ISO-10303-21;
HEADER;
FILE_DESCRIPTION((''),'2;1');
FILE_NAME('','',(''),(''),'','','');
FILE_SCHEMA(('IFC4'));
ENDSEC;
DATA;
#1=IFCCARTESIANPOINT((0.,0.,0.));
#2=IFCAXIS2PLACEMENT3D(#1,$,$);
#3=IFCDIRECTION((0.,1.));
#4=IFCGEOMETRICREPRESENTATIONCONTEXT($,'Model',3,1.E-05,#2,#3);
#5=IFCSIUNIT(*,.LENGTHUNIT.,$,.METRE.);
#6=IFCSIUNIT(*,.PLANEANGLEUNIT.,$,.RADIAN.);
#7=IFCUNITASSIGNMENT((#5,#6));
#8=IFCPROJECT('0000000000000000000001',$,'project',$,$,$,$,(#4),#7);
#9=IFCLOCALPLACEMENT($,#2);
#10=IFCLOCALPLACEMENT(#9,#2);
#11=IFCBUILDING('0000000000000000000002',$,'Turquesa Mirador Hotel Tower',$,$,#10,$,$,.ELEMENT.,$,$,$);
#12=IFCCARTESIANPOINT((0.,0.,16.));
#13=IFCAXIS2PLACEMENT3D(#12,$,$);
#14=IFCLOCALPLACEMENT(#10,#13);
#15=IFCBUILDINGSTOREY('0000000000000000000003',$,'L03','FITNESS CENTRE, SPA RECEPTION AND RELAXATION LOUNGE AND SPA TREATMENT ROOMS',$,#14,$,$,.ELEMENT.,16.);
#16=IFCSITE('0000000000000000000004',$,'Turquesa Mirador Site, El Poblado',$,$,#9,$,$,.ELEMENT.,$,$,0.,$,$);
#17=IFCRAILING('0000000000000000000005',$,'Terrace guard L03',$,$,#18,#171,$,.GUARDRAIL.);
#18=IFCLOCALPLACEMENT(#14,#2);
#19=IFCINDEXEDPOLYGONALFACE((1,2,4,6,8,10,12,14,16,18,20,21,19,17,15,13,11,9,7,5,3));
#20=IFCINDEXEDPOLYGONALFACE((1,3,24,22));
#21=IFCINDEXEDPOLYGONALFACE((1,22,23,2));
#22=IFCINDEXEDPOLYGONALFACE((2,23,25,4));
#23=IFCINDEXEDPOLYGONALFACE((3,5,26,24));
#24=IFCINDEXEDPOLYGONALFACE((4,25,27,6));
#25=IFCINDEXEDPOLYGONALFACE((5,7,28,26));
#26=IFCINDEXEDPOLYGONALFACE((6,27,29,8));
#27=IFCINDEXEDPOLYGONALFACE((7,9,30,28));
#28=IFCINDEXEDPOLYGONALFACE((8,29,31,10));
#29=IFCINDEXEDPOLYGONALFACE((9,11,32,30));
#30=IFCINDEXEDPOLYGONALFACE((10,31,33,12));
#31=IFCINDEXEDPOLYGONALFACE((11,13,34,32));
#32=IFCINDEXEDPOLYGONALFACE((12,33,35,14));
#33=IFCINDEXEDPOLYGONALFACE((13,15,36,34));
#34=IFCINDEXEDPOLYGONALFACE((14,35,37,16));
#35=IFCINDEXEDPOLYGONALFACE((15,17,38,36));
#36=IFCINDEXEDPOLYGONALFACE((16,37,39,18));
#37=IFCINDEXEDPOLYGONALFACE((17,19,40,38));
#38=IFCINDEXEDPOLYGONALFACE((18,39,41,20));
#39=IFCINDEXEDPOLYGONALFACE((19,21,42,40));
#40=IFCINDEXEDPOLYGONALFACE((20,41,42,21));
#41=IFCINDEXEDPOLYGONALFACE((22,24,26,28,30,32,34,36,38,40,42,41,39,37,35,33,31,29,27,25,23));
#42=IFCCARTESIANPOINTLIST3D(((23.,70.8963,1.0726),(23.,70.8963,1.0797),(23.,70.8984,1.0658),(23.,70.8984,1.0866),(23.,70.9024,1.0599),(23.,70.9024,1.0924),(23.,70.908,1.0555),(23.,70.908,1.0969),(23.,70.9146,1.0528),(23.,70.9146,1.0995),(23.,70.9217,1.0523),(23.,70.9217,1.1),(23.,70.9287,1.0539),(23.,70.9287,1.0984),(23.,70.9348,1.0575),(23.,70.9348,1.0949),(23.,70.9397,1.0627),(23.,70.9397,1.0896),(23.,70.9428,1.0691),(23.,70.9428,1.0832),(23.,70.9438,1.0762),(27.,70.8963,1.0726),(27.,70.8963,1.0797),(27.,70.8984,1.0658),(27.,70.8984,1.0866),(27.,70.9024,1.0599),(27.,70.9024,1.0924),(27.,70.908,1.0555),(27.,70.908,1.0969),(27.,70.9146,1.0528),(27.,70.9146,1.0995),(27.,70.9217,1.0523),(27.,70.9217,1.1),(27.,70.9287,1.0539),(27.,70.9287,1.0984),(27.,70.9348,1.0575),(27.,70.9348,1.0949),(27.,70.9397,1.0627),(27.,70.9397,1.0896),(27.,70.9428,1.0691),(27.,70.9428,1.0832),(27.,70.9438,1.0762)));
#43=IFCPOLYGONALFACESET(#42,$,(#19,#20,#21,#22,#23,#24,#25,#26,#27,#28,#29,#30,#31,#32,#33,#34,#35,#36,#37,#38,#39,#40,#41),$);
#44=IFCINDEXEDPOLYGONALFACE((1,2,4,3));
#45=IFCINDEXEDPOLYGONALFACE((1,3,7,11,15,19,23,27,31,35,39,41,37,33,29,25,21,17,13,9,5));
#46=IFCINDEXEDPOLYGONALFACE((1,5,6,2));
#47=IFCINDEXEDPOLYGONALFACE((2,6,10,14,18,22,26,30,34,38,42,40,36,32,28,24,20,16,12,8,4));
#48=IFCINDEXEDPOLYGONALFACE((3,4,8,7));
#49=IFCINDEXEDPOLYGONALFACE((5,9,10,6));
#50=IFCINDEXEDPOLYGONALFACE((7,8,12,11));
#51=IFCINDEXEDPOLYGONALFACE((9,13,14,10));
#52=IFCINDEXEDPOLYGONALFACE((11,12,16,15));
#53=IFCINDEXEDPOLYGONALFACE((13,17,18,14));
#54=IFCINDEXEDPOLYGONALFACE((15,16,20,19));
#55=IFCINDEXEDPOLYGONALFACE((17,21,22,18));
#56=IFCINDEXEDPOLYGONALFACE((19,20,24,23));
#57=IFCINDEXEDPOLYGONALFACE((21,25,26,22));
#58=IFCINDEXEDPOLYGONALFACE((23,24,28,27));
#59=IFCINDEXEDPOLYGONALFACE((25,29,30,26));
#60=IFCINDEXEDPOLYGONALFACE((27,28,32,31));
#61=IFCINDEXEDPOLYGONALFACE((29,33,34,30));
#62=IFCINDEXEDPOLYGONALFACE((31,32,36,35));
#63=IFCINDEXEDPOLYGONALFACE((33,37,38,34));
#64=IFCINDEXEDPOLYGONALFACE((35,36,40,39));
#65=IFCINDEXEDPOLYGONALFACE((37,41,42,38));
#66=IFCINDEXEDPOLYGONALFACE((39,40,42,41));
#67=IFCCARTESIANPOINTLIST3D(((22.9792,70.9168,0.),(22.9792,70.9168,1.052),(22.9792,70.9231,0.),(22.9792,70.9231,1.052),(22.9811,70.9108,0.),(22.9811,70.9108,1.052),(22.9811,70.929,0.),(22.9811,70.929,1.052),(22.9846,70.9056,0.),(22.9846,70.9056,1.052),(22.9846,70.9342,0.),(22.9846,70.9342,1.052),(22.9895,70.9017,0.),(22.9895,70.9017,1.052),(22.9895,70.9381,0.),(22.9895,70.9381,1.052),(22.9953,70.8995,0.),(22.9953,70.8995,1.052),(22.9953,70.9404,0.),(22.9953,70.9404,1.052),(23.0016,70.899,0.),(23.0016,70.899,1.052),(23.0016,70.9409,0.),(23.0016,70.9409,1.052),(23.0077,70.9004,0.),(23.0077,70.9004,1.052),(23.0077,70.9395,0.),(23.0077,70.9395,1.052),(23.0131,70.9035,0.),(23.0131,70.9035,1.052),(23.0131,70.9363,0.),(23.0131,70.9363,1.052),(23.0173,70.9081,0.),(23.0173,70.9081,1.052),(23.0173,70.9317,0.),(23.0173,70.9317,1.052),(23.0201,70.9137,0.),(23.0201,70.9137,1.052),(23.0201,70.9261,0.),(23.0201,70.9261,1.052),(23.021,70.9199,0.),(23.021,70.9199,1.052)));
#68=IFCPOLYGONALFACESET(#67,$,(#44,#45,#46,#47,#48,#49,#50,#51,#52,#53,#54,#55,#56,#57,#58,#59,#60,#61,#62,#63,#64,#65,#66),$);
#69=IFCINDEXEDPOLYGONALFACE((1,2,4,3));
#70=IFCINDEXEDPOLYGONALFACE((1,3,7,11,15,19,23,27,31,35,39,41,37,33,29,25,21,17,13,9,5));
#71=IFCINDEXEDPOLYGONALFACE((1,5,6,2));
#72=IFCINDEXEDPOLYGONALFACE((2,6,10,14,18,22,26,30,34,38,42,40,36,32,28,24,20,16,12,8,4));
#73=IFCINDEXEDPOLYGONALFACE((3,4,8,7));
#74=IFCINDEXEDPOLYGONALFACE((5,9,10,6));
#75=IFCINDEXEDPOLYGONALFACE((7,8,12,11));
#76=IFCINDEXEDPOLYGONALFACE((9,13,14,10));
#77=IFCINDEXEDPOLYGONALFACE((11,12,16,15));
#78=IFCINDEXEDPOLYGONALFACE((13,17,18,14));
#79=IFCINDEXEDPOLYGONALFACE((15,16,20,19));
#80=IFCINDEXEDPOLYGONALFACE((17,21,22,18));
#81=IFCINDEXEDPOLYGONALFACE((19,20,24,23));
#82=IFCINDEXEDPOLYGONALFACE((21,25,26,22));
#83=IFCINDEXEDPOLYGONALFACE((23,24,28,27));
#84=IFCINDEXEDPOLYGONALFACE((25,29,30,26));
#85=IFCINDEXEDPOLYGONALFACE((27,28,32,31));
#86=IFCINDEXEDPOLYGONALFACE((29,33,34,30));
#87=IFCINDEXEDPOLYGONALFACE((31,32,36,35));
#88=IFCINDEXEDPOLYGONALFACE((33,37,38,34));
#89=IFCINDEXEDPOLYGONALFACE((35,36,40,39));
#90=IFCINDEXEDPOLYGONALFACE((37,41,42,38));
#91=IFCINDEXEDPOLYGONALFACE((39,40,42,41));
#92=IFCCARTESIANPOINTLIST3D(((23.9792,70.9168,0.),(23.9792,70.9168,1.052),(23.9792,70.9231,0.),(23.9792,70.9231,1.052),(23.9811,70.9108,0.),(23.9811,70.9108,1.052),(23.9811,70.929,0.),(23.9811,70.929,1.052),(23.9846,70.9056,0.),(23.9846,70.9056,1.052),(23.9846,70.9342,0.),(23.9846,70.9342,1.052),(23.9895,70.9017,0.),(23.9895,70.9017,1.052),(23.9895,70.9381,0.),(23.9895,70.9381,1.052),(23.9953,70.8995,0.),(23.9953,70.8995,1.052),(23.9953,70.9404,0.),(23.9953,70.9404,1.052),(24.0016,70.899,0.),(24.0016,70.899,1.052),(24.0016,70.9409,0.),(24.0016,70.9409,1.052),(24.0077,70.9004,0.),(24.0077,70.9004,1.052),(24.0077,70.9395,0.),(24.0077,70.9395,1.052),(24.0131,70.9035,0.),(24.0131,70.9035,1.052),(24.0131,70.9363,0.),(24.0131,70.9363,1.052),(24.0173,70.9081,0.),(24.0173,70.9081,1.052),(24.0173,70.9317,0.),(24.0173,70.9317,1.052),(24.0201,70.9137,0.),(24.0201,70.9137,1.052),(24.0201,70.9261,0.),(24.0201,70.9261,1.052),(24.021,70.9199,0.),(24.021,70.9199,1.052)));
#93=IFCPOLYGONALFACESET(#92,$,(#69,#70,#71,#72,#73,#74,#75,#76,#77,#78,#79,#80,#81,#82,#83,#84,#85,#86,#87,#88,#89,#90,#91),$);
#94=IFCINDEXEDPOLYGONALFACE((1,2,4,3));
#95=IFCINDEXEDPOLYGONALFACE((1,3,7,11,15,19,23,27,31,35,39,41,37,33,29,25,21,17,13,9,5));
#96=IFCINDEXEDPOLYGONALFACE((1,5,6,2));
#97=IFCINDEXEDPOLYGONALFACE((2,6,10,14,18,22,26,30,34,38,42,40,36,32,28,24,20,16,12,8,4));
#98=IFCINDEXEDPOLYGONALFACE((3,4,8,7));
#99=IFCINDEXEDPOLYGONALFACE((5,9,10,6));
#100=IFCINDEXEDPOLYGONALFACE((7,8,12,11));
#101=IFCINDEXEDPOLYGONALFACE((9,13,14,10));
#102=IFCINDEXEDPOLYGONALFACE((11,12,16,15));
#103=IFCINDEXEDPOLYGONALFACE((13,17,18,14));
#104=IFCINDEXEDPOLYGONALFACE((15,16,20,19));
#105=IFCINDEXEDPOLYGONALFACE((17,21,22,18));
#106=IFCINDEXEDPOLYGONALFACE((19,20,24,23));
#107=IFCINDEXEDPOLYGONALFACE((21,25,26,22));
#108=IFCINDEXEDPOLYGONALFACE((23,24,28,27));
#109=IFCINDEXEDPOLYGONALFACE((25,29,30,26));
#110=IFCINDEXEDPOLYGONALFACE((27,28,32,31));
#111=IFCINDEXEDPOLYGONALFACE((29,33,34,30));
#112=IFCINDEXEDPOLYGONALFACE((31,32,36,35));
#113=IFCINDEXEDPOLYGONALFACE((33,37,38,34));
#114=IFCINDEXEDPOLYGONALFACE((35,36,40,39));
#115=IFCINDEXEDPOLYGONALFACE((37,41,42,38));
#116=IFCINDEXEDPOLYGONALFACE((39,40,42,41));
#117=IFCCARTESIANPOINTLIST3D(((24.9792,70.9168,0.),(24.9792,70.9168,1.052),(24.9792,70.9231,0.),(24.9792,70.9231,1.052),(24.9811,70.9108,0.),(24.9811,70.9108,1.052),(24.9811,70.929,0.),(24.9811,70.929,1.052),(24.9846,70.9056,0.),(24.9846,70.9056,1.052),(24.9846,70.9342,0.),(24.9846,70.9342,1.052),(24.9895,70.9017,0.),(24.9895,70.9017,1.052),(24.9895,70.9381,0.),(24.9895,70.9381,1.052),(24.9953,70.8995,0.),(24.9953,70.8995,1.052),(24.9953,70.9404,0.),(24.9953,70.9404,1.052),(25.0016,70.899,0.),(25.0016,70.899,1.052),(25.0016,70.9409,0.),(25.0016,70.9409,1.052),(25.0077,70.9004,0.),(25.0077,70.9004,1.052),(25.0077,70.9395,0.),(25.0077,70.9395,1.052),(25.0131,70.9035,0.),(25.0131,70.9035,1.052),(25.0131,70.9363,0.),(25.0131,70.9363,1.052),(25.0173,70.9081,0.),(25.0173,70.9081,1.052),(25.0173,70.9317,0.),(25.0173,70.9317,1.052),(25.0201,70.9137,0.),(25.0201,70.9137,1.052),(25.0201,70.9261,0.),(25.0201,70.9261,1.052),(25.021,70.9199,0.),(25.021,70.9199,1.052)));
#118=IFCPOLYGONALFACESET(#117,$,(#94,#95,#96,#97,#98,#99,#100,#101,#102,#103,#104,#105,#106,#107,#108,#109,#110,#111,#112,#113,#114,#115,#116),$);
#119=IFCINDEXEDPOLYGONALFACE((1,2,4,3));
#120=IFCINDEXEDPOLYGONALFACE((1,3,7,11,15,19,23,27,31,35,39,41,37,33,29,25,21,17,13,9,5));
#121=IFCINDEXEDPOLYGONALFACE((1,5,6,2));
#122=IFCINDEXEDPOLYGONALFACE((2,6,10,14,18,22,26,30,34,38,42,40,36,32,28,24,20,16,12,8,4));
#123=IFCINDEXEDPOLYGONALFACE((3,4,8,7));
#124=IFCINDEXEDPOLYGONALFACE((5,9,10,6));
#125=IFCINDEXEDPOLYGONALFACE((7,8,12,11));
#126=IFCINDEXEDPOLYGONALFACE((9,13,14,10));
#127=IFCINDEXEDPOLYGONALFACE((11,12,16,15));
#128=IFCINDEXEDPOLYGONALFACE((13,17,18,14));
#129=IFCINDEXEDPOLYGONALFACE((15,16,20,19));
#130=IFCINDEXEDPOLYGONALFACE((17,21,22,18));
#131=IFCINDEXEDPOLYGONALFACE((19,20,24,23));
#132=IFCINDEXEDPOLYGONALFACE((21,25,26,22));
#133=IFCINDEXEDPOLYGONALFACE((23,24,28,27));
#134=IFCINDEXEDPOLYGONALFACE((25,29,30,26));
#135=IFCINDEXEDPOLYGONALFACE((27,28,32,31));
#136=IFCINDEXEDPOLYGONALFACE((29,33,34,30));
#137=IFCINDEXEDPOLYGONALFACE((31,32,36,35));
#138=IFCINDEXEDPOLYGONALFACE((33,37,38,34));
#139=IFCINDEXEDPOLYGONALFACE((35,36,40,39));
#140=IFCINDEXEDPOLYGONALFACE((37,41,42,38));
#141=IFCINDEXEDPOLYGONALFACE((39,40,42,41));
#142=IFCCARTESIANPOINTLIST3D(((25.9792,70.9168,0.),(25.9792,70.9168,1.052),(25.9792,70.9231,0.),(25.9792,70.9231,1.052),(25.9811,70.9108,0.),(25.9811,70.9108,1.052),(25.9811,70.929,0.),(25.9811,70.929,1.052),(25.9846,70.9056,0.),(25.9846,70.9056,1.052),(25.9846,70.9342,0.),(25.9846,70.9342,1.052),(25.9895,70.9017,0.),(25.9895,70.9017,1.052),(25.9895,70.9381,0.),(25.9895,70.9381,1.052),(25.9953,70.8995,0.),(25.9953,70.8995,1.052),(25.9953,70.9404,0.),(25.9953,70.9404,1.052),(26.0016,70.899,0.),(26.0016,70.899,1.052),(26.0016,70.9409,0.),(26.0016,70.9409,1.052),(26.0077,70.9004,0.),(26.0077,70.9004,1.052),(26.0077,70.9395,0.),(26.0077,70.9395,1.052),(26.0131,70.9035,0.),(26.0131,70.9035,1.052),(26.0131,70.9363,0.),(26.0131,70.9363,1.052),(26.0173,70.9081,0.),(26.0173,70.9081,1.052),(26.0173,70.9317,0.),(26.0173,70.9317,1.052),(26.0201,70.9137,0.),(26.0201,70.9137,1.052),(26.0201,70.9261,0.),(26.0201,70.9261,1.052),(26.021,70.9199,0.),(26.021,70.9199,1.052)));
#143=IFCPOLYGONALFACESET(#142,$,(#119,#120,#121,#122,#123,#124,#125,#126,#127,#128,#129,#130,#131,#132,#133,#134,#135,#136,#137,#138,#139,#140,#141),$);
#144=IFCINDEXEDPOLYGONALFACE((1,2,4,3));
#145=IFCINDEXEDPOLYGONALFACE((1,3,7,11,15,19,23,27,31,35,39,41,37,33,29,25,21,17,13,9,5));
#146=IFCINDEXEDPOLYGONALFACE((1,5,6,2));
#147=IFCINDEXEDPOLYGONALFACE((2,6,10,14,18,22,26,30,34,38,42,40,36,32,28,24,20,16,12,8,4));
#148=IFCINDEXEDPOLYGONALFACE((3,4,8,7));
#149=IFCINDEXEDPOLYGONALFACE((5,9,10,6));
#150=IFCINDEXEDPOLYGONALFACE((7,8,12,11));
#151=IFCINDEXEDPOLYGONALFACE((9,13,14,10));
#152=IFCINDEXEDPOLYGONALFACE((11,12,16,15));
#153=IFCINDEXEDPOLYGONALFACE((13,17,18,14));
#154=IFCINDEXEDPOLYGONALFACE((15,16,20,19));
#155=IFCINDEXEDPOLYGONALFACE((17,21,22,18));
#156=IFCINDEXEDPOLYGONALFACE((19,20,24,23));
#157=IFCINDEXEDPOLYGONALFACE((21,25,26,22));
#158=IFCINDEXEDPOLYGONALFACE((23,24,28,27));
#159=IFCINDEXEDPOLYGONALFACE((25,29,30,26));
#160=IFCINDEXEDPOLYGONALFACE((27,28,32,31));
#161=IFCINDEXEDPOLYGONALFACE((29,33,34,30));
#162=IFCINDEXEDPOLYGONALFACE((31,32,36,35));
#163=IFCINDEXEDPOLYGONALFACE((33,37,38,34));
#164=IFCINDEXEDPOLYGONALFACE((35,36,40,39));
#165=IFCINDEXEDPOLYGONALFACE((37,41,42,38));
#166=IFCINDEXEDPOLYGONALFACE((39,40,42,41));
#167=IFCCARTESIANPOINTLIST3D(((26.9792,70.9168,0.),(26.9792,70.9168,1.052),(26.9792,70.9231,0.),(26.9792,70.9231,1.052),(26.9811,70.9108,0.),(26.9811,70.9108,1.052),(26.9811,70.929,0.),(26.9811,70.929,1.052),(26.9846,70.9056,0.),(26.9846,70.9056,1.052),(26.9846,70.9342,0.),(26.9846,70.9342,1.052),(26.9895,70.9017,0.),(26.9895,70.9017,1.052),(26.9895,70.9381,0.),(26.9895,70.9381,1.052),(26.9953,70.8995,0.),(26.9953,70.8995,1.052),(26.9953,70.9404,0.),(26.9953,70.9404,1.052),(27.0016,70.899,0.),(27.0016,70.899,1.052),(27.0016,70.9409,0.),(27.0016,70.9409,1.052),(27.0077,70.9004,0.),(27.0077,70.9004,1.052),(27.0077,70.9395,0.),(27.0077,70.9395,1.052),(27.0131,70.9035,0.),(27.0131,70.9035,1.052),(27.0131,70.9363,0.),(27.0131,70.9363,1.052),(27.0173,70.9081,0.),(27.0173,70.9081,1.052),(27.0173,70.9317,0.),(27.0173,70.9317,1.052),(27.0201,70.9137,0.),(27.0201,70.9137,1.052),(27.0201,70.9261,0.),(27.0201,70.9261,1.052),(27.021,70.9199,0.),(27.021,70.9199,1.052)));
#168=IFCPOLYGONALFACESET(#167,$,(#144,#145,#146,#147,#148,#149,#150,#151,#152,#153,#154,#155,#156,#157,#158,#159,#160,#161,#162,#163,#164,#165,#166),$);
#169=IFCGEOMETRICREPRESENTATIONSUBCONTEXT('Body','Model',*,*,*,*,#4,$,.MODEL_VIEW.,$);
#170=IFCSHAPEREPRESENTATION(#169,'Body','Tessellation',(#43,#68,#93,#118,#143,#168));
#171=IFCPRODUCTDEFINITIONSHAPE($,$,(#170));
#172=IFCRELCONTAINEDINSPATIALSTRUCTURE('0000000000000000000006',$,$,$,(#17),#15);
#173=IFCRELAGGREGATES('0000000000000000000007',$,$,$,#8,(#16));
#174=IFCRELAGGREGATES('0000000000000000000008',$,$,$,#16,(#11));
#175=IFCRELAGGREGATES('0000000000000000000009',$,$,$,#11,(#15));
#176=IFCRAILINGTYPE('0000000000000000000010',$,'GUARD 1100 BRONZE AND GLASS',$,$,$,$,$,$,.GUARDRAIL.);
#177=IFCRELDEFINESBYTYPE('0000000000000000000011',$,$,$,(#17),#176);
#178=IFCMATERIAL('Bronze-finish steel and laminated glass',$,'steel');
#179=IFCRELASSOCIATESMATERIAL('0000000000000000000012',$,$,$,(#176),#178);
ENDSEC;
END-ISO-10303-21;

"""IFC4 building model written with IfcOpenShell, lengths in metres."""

from ifc_helpers import new_model, si_unit, direction, frame, origin, origin_2d, place, context, subcontext, project, spatial, circle, extrude, material, type_object, element, save


model = new_model("IFC4")

# Units and contexts
model_context = context("Model", 3, precision=1e-05, world=origin(), true_north=direction((0.0, 1.0)))
body_context = subcontext(model_context, "Body", "Model", "MODEL_VIEW")
ifc_project = project(units=[si_unit("LENGTHUNIT", "METRE"), si_unit("PLANEANGLEUNIT", "RADIAN")], contexts=[model_context])

# Site, building, storey
site_placement = place(None, origin())
site = spatial("IfcSite", under=ifc_project, at=site_placement, Name="Turquesa Mirador Site, El Poblado", CompositionType="ELEMENT", RefElevation=0.0)
building_placement = place(site_placement, origin())
building = spatial("IfcBuilding", under=site, at=building_placement, Name="Turquesa Mirador Hotel Tower", CompositionType="ELEMENT")
storey_placement = place(building_placement, frame((0.0, 0.0, 16.0)))
storey = spatial("IfcBuildingStorey", under=building, at=storey_placement, Name="L03", Description="FITNESS CENTRE, SPA RECEPTION AND RELAXATION LOUNGE AND SPA TREATMENT ROOMS", CompositionType="ELEMENT", Elevation=16.0)

# Railing
ifc_material_1 = material(Name="Bronze-finish steel and laminated glass", Category="steel")
railing_type = type_object("IfcRailingType", Name="GUARD 1100 BRONZE AND GLASS", PredefinedType="GUARDRAIL", material=ifc_material_1)
railing_placement = place(storey_placement, frame((23.0, 70.9199, 0.0)))
element("IfcRailing", 1, at=railing_placement, inside=storey, type_object=railing_type, Name="Terrace guard L03", PredefinedType="GUARDRAIL", context=body_context, shape_type="SweptSolid", body=[
    extrude(circle(Radius=0.0239, at=origin_2d()), frame((0.0, 0.0, 1.0762), z_axis=(1.0, 0.0, 0.0), x_axis=(0.0, 1.0, 0.0)), (0.0, 0.0, 1.0), 4.0),
    extrude(circle(Radius=0.021, at=origin_2d()), origin(), (0.0, 0.0, 1.0), 1.052),
    extrude(circle(Radius=0.021, at=origin_2d()), frame((1.0, 0.0, 0.0)), (0.0, 0.0, 1.0), 1.052),
    extrude(circle(Radius=0.021, at=origin_2d()), frame((2.0, 0.0, 0.0)), (0.0, 0.0, 1.0), 1.052),
    extrude(circle(Radius=0.021, at=origin_2d()), frame((3.0, 0.0, 0.0)), (0.0, 0.0, 1.0), 1.052),
    extrude(circle(Radius=0.021, at=origin_2d()), frame((4.0, 0.0, 0.0)), (0.0, 0.0, 1.0), 1.052),
])

save(model, "model.ifc")
